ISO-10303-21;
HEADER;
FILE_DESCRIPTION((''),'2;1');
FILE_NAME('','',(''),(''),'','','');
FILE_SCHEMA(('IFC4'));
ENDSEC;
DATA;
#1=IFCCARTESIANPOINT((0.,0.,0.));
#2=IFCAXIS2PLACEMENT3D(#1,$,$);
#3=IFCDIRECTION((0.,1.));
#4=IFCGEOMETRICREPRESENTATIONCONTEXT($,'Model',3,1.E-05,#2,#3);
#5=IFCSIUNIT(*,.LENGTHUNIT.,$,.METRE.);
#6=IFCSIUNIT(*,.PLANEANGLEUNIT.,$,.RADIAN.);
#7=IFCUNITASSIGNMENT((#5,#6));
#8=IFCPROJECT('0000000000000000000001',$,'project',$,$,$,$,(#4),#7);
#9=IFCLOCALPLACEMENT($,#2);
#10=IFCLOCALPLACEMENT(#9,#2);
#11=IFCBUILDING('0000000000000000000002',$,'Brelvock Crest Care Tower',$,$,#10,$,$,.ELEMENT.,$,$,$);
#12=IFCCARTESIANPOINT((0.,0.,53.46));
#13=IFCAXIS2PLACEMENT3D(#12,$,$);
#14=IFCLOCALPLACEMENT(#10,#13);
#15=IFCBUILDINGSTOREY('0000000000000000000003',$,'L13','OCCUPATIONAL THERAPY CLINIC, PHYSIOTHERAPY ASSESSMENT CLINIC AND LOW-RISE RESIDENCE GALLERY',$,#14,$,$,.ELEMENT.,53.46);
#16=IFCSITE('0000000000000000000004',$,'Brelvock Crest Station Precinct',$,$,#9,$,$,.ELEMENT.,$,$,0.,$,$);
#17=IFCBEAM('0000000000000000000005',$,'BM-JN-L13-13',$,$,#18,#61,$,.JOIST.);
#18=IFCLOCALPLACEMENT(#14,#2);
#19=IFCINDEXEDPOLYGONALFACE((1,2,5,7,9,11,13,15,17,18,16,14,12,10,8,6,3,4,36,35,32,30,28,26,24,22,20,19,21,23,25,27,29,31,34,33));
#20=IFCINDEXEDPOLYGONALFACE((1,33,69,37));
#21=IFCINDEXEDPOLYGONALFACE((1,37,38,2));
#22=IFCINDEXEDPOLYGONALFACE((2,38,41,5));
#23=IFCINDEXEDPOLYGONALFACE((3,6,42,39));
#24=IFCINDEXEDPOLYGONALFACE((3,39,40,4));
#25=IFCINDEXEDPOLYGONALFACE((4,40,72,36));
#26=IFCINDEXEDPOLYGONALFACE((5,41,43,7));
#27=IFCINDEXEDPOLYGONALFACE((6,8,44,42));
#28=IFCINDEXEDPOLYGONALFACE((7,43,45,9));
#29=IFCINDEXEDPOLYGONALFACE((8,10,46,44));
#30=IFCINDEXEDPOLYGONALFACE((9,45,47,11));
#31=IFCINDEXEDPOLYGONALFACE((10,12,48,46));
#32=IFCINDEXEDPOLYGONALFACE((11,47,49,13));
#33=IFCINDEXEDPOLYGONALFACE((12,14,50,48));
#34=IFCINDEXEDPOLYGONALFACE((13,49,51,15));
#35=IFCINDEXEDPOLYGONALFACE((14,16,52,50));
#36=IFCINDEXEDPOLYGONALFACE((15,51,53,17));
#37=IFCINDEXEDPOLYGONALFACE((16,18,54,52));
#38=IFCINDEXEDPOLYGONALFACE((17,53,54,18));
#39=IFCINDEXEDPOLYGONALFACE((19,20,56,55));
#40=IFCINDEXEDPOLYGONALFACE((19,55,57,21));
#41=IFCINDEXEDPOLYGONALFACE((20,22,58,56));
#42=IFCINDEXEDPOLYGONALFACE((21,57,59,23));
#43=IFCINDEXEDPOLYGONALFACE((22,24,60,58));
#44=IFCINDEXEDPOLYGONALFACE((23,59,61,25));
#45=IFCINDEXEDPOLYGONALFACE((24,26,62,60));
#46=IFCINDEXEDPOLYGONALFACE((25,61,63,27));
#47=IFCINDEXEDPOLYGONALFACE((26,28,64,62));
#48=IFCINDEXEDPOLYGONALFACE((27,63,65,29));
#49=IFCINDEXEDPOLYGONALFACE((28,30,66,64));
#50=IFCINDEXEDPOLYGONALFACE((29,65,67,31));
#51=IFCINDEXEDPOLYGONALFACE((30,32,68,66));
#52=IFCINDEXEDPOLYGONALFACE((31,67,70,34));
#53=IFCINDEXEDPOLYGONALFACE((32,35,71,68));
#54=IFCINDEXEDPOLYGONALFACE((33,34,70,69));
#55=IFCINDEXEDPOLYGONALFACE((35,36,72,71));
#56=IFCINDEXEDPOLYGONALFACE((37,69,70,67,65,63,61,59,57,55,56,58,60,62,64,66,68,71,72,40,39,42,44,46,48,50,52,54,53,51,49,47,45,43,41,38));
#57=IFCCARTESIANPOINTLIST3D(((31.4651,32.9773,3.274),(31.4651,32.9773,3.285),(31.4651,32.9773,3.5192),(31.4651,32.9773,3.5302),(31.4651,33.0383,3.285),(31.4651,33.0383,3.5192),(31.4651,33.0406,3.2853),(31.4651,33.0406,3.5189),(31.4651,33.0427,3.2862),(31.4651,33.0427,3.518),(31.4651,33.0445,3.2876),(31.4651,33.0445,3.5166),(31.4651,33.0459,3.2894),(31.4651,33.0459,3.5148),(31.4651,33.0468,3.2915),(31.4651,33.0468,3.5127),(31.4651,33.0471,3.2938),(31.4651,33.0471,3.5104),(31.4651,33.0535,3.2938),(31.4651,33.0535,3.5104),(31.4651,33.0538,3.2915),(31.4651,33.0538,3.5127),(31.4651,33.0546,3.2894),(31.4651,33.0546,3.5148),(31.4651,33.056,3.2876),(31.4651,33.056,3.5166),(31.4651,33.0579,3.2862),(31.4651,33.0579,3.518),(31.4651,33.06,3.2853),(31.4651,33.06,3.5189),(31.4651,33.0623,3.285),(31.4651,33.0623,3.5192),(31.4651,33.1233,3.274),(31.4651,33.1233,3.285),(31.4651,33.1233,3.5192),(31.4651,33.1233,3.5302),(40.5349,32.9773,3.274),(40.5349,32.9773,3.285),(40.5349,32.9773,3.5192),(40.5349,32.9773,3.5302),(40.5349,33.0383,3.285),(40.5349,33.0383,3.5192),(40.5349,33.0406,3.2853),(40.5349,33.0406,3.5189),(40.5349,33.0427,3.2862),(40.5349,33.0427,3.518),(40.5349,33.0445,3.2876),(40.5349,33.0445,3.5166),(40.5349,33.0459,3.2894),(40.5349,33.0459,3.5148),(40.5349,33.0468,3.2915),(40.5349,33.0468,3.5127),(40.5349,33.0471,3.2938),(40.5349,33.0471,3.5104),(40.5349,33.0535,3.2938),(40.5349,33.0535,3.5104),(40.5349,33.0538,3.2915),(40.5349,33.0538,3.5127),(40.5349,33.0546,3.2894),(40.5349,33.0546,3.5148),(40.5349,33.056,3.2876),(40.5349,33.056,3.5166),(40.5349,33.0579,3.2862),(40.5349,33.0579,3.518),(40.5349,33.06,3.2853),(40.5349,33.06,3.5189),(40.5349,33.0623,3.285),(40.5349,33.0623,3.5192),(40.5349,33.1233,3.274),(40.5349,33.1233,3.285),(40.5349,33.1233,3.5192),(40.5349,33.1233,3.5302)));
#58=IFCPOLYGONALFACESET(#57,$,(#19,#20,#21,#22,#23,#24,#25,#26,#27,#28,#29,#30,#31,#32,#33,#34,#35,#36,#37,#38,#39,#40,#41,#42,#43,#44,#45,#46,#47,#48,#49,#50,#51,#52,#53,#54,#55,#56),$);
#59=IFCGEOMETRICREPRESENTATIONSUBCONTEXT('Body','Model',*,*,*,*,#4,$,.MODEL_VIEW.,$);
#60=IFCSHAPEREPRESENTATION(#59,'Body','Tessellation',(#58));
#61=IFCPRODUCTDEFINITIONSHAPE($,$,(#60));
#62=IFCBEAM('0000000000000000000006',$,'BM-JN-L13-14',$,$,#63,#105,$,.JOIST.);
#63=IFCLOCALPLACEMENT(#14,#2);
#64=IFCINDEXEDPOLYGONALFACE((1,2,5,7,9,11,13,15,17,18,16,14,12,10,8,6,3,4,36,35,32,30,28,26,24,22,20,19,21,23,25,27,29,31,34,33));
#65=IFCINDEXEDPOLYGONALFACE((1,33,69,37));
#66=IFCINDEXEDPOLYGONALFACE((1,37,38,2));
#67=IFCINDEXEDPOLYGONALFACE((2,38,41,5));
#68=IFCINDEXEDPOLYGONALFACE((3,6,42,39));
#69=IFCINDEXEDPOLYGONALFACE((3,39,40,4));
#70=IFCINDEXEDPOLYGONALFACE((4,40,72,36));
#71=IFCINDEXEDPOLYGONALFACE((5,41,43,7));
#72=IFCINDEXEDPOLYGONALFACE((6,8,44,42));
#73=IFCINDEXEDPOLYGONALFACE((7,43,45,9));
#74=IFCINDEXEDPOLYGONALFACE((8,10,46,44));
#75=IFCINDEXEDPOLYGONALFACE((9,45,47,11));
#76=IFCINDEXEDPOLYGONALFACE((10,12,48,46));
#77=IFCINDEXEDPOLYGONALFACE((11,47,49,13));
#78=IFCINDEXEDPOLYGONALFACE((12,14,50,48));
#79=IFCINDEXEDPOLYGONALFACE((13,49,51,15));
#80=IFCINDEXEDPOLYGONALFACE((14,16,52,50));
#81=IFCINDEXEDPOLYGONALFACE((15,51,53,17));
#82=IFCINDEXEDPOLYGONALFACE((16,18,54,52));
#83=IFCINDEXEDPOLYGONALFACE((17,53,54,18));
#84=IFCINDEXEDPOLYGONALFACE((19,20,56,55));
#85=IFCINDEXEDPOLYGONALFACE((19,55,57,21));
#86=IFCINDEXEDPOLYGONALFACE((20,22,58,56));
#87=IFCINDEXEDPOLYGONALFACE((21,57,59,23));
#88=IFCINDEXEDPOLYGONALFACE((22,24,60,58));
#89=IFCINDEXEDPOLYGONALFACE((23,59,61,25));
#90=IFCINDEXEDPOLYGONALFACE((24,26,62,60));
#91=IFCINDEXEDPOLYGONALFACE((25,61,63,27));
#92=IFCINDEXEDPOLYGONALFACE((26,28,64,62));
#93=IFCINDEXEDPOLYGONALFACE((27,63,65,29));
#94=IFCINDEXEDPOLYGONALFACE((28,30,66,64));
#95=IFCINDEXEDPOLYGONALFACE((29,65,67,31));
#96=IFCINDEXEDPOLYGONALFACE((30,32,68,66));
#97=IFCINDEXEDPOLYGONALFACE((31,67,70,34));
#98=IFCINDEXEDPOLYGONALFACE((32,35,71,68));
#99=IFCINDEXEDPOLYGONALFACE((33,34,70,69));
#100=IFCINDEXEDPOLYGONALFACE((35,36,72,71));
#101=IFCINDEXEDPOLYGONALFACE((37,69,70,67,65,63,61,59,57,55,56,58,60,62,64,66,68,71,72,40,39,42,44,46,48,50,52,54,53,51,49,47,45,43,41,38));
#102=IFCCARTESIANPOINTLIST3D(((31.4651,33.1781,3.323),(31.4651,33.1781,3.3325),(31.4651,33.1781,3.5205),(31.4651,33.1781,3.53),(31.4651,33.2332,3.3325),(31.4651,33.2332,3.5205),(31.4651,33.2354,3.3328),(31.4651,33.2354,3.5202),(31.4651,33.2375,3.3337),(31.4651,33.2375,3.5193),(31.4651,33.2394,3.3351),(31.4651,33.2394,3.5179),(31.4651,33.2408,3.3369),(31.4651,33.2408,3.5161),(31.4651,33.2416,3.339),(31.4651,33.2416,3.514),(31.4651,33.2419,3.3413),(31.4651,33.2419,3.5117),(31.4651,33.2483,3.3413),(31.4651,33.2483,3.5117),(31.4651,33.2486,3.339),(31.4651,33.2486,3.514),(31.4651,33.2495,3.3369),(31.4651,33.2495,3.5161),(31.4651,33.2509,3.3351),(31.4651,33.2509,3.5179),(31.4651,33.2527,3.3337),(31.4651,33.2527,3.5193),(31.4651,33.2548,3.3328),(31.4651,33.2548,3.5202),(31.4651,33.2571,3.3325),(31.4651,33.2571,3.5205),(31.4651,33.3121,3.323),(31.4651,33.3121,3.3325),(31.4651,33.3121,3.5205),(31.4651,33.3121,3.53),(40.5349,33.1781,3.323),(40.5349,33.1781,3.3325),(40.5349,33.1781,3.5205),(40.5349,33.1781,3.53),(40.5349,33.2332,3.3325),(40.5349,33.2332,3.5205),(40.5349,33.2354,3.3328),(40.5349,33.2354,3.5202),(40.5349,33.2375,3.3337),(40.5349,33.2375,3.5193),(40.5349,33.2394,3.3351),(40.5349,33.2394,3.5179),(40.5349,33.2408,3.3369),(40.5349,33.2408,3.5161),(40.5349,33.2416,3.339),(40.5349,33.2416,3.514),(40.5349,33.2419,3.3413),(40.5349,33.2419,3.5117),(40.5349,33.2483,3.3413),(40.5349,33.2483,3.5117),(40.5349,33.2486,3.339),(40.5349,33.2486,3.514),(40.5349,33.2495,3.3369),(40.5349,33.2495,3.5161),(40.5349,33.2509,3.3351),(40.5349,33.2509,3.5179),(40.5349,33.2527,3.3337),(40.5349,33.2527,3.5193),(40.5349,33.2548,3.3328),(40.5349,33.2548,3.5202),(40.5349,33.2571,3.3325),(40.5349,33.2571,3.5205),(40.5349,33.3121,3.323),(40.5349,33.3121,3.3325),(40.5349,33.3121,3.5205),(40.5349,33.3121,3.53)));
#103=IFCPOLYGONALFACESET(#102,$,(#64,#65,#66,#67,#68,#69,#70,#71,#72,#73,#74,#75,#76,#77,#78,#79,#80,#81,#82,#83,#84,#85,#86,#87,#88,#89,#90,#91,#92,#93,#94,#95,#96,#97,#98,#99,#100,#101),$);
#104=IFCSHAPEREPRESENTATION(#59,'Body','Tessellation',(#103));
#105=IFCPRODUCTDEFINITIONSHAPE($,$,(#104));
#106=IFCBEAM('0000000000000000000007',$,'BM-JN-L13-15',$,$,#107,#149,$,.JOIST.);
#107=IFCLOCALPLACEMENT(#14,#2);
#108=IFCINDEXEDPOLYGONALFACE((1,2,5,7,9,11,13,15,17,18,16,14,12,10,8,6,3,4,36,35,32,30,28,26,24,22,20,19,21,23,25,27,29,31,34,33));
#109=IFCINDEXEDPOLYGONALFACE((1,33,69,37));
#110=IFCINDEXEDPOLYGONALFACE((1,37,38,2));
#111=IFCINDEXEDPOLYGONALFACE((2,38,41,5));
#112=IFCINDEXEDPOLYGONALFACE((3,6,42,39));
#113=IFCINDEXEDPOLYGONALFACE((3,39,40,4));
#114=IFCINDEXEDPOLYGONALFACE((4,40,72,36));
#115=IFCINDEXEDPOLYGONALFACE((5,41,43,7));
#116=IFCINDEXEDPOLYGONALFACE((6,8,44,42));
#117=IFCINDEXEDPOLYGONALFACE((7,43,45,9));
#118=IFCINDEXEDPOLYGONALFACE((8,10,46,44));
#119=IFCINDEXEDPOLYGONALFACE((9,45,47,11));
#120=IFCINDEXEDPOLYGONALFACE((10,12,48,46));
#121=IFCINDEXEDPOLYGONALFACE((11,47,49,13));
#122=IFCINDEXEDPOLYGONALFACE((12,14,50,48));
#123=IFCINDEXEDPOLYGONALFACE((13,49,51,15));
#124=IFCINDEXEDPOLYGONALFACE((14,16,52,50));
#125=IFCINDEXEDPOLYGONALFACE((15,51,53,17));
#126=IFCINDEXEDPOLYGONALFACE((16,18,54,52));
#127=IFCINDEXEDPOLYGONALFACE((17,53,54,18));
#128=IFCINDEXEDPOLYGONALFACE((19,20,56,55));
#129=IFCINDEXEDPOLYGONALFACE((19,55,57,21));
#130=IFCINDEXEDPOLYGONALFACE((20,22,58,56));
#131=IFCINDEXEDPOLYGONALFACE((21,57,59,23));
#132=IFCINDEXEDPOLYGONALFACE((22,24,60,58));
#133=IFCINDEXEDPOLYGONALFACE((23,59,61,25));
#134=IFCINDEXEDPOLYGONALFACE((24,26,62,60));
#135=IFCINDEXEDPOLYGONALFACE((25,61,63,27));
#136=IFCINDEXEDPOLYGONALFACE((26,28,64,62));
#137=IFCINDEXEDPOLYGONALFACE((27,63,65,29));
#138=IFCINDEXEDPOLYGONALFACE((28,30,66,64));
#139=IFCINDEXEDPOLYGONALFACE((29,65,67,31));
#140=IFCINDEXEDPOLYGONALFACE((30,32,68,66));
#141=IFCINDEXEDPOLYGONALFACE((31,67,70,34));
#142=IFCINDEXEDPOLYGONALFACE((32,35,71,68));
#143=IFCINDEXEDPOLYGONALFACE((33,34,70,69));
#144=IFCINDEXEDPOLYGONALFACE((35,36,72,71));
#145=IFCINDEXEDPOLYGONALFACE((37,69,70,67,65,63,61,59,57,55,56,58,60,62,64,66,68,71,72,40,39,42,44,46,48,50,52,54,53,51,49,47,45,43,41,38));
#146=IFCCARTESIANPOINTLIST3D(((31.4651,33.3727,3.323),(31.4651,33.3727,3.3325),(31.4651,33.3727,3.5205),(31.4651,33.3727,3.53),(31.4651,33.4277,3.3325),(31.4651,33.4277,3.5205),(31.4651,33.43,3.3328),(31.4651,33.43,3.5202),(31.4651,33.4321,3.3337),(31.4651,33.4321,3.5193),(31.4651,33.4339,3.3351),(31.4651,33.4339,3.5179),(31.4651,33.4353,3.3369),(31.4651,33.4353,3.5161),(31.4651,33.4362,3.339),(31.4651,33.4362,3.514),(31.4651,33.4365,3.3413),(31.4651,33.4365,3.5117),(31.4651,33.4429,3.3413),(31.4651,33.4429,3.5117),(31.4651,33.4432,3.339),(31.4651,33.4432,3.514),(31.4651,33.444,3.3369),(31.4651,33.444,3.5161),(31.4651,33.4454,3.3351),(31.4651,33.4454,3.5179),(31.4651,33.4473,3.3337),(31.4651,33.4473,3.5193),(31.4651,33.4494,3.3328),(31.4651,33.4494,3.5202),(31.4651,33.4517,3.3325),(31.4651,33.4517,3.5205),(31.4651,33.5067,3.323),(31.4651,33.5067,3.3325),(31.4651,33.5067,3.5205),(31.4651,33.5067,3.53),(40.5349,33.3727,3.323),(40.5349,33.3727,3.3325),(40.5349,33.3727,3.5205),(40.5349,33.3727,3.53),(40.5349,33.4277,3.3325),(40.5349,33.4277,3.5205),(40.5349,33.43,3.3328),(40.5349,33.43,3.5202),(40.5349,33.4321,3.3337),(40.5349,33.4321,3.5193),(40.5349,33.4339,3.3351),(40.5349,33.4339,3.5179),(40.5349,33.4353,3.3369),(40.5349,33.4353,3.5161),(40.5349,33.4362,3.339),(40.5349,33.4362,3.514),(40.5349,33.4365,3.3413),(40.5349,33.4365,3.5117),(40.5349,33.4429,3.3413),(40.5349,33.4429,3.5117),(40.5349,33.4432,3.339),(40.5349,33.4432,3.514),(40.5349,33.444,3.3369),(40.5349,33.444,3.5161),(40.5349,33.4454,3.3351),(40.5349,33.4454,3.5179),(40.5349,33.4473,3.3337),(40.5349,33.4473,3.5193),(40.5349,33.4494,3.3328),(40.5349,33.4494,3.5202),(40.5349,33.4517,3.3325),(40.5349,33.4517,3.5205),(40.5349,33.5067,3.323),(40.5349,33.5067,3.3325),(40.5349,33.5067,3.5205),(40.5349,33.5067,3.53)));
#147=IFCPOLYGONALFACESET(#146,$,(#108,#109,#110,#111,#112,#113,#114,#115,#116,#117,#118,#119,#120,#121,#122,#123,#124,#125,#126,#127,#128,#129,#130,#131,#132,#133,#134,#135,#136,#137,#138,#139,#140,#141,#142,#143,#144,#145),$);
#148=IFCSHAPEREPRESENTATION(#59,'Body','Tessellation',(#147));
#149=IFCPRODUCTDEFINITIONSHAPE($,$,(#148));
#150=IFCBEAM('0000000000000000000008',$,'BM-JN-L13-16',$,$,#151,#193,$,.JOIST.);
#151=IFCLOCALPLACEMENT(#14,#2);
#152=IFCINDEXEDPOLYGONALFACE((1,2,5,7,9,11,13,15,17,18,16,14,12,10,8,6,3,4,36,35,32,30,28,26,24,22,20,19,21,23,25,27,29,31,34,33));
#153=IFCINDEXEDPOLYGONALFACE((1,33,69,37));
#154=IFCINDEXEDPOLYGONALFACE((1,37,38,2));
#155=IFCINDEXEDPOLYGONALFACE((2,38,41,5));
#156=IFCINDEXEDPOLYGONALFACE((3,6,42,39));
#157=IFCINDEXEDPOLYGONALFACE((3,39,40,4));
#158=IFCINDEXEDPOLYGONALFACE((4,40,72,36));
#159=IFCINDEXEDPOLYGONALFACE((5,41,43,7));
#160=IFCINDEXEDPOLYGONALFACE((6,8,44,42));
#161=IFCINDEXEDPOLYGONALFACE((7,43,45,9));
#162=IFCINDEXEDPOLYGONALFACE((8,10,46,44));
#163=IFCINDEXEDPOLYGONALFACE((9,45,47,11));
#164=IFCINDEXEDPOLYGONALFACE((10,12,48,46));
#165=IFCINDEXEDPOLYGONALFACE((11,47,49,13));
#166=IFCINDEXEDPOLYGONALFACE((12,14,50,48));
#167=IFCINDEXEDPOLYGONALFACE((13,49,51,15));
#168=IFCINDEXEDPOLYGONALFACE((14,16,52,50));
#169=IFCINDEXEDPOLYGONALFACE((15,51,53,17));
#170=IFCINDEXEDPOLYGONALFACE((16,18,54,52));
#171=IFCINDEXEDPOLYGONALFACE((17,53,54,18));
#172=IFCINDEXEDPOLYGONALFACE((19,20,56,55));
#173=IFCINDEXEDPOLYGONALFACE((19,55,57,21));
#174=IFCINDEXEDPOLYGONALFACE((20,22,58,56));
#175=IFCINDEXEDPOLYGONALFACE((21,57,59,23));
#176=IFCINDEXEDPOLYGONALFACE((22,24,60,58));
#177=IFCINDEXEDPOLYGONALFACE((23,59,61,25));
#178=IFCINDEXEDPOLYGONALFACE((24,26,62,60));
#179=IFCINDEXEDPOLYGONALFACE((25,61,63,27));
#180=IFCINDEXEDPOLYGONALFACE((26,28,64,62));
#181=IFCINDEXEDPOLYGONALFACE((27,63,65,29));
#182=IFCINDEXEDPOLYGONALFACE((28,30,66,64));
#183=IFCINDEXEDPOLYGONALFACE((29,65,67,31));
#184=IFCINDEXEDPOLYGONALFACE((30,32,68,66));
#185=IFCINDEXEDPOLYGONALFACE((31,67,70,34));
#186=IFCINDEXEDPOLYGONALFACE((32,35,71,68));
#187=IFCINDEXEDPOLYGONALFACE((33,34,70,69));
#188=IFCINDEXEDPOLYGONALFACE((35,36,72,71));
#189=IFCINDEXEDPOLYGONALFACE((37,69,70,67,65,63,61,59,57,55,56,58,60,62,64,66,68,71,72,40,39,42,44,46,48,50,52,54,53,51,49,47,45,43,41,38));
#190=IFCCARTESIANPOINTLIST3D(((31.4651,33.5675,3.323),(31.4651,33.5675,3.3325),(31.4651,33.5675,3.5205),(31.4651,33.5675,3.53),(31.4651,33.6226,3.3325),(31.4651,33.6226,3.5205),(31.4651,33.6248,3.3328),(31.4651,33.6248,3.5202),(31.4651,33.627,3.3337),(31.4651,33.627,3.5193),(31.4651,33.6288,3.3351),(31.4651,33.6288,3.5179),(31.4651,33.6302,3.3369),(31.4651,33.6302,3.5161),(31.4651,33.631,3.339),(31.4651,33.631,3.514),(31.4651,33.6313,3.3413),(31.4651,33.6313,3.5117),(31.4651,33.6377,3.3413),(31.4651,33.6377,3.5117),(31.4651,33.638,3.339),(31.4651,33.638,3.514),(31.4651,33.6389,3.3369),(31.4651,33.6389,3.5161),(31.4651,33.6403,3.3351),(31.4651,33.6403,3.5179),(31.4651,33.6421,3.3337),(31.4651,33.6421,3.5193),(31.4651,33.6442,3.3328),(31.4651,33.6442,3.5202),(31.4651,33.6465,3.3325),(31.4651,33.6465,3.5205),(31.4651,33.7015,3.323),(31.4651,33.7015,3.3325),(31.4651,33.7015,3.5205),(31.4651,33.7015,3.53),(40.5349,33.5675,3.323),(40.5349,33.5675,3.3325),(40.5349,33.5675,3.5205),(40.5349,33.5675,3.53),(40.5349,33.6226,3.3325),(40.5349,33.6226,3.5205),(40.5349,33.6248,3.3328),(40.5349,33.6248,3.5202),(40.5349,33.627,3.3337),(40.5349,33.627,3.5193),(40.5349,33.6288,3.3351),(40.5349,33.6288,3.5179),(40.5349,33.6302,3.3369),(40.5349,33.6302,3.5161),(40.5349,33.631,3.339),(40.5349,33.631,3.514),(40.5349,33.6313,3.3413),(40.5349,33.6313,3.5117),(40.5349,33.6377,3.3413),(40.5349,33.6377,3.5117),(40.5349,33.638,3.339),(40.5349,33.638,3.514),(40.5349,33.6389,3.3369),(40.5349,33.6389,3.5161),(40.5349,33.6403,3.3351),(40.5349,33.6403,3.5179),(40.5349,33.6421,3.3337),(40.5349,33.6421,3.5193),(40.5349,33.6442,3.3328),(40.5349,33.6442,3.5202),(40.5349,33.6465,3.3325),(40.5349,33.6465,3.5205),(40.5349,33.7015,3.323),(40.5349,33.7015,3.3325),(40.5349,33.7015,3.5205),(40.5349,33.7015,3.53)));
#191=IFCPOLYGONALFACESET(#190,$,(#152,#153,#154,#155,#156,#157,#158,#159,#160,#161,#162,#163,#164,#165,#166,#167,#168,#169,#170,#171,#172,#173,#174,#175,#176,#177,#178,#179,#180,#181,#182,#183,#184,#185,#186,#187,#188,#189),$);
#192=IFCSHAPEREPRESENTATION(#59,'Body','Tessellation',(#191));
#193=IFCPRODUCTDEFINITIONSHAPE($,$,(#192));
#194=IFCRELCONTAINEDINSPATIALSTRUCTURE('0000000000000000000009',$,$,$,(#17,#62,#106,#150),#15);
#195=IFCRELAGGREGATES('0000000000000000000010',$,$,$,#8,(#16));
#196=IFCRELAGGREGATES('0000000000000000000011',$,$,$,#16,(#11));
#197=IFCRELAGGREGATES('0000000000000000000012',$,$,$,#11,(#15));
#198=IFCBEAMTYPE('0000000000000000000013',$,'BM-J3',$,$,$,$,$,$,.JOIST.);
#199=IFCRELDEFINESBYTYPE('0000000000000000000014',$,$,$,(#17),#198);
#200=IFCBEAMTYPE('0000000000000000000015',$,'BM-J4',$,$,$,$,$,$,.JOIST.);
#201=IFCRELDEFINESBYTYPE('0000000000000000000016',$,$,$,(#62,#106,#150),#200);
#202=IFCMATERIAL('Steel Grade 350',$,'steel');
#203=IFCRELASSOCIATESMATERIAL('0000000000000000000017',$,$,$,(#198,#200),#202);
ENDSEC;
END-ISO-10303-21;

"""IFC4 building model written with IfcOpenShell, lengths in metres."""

from ifc_helpers import new_model, si_unit, direction, frame, origin, origin_2d, place, context, subcontext, project, spatial, i_section, extrude, source, transform, mapped, material, material_profile, profile_set, type_object, element, save


model = new_model("IFC4")

# Units and contexts
model_context = context("Model", 3, precision=1e-05, world=origin(), true_north=direction((0.0, 1.0)))
body_context = subcontext(model_context, "Body", "Model", "MODEL_VIEW")
ifc_project = project(units=[si_unit("LENGTHUNIT", "METRE"), si_unit("PLANEANGLEUNIT", "RADIAN")], contexts=[model_context])

# Site, building, storey
site_placement = place(None, origin())
site = spatial("IfcSite", under=ifc_project, at=site_placement, Name="Brelvock Crest Station Precinct", CompositionType="ELEMENT", RefElevation=0.0)
building_placement = place(site_placement, origin())
building = spatial("IfcBuilding", under=site, at=building_placement, Name="Brelvock Crest Care Tower", CompositionType="ELEMENT")
storey_placement = place(building_placement, frame((0.0, 0.0, 53.46)))
storey = spatial("IfcBuildingStorey", under=building, at=storey_placement, Name="L13", Description="OCCUPATIONAL THERAPY CLINIC, PHYSIOTHERAPY ASSESSMENT CLINIC AND LOW-RISE RESIDENCE GALLERY", CompositionType="ELEMENT", Elevation=53.46)

# Shared definitions
ifc_material_1 = material(Name="Steel Grade 350", Category="steel")

# Beams
ifc_material_profile_1 = material_profile(ifc_material_1, i_section(OverallWidth=0.146, OverallDepth=0.2561, WebThickness=0.0063, FlangeThickness=0.011, FilletRadius=0.0088, at=origin_2d()), Name="250UB37.3")
ifc_profile_set_1 = profile_set([ifc_material_profile_1], Name="Steel Grade 350")
beam_type_1 = type_object("IfcBeamType", Name="BM-J3", PredefinedType="JOIST", material=ifc_profile_set_1)
shared_shape_1 = source(origin(), body_context, "Body", "SweptSolid", [
    extrude(i_section(OverallWidth=0.146, OverallDepth=0.2561, WebThickness=0.0063, FlangeThickness=0.011, FilletRadius=0.0088, at=origin_2d()), origin(), (0.0, 0.0, 1.0), 9.0698),
])
beam_1_placement = place(storey_placement, frame((31.4651, 33.0503, 3.4021), z_axis=(1.0, 0.0, 0.0), x_axis=(0.0, 1.0, 0.0)))
element("IfcBeam", 1, at=beam_1_placement, inside=storey, type_object=beam_type_1, Name="BM-JN-L13-13", PredefinedType="JOIST", context=body_context, shape_type="MappedRepresentation", body=[
    mapped(shared_shape_1, transform((0.0, 0.0, 0.0), x_axis=(1.0, 0.0, 0.0), y_axis=(0.0, 1.0, 0.0), z_axis=(0.0, 0.0, 1.0), scale=1.0)),
])
ifc_material_profile_2 = material_profile(ifc_material_1, i_section(OverallWidth=0.134, OverallDepth=0.207, WebThickness=0.0063, FlangeThickness=0.0095, FilletRadius=0.0088, at=origin_2d()), Name="200UB29.8")
ifc_profile_set_2 = profile_set([ifc_material_profile_2], Name="Steel Grade 350")
beam_type_2 = type_object("IfcBeamType", Name="BM-J4", PredefinedType="JOIST", material=ifc_profile_set_2)
shared_shape_2 = source(origin(), body_context, "Body", "SweptSolid", [
    extrude(i_section(OverallWidth=0.134, OverallDepth=0.207, WebThickness=0.0063, FlangeThickness=0.0095, FilletRadius=0.0088, at=origin_2d()), origin(), (0.0, 0.0, 1.0), 9.0698),
])
for number, where, z_axis, x_axis, name in (
    (2, (31.4651, 33.2451, 3.4265), (1.0, 0.0, 0.0), (0.0, 1.0, 0.0), "BM-JN-L13-14"),
    (3, (31.4651, 33.4397, 3.4265), (1.0, 0.0, 0.0), (0.0, 1.0, 0.0), "BM-JN-L13-15"),
    (4, (31.4651, 33.6345, 3.4265), (1.0, 0.0, 0.0), (0.0, 1.0, 0.0), "BM-JN-L13-16"),
):
    element("IfcBeam", number, at=place(storey_placement, frame(where, z_axis=z_axis, x_axis=x_axis)), inside=storey, type_object=beam_type_2, Name=name, PredefinedType="JOIST", context=body_context, shape_type="MappedRepresentation", body=[
        mapped(shared_shape_2, transform((0.0, 0.0, 0.0), x_axis=(1.0, 0.0, 0.0), y_axis=(0.0, 1.0, 0.0), z_axis=(0.0, 0.0, 1.0), scale=1.0)),
    ])

save(model, "model.ifc")
